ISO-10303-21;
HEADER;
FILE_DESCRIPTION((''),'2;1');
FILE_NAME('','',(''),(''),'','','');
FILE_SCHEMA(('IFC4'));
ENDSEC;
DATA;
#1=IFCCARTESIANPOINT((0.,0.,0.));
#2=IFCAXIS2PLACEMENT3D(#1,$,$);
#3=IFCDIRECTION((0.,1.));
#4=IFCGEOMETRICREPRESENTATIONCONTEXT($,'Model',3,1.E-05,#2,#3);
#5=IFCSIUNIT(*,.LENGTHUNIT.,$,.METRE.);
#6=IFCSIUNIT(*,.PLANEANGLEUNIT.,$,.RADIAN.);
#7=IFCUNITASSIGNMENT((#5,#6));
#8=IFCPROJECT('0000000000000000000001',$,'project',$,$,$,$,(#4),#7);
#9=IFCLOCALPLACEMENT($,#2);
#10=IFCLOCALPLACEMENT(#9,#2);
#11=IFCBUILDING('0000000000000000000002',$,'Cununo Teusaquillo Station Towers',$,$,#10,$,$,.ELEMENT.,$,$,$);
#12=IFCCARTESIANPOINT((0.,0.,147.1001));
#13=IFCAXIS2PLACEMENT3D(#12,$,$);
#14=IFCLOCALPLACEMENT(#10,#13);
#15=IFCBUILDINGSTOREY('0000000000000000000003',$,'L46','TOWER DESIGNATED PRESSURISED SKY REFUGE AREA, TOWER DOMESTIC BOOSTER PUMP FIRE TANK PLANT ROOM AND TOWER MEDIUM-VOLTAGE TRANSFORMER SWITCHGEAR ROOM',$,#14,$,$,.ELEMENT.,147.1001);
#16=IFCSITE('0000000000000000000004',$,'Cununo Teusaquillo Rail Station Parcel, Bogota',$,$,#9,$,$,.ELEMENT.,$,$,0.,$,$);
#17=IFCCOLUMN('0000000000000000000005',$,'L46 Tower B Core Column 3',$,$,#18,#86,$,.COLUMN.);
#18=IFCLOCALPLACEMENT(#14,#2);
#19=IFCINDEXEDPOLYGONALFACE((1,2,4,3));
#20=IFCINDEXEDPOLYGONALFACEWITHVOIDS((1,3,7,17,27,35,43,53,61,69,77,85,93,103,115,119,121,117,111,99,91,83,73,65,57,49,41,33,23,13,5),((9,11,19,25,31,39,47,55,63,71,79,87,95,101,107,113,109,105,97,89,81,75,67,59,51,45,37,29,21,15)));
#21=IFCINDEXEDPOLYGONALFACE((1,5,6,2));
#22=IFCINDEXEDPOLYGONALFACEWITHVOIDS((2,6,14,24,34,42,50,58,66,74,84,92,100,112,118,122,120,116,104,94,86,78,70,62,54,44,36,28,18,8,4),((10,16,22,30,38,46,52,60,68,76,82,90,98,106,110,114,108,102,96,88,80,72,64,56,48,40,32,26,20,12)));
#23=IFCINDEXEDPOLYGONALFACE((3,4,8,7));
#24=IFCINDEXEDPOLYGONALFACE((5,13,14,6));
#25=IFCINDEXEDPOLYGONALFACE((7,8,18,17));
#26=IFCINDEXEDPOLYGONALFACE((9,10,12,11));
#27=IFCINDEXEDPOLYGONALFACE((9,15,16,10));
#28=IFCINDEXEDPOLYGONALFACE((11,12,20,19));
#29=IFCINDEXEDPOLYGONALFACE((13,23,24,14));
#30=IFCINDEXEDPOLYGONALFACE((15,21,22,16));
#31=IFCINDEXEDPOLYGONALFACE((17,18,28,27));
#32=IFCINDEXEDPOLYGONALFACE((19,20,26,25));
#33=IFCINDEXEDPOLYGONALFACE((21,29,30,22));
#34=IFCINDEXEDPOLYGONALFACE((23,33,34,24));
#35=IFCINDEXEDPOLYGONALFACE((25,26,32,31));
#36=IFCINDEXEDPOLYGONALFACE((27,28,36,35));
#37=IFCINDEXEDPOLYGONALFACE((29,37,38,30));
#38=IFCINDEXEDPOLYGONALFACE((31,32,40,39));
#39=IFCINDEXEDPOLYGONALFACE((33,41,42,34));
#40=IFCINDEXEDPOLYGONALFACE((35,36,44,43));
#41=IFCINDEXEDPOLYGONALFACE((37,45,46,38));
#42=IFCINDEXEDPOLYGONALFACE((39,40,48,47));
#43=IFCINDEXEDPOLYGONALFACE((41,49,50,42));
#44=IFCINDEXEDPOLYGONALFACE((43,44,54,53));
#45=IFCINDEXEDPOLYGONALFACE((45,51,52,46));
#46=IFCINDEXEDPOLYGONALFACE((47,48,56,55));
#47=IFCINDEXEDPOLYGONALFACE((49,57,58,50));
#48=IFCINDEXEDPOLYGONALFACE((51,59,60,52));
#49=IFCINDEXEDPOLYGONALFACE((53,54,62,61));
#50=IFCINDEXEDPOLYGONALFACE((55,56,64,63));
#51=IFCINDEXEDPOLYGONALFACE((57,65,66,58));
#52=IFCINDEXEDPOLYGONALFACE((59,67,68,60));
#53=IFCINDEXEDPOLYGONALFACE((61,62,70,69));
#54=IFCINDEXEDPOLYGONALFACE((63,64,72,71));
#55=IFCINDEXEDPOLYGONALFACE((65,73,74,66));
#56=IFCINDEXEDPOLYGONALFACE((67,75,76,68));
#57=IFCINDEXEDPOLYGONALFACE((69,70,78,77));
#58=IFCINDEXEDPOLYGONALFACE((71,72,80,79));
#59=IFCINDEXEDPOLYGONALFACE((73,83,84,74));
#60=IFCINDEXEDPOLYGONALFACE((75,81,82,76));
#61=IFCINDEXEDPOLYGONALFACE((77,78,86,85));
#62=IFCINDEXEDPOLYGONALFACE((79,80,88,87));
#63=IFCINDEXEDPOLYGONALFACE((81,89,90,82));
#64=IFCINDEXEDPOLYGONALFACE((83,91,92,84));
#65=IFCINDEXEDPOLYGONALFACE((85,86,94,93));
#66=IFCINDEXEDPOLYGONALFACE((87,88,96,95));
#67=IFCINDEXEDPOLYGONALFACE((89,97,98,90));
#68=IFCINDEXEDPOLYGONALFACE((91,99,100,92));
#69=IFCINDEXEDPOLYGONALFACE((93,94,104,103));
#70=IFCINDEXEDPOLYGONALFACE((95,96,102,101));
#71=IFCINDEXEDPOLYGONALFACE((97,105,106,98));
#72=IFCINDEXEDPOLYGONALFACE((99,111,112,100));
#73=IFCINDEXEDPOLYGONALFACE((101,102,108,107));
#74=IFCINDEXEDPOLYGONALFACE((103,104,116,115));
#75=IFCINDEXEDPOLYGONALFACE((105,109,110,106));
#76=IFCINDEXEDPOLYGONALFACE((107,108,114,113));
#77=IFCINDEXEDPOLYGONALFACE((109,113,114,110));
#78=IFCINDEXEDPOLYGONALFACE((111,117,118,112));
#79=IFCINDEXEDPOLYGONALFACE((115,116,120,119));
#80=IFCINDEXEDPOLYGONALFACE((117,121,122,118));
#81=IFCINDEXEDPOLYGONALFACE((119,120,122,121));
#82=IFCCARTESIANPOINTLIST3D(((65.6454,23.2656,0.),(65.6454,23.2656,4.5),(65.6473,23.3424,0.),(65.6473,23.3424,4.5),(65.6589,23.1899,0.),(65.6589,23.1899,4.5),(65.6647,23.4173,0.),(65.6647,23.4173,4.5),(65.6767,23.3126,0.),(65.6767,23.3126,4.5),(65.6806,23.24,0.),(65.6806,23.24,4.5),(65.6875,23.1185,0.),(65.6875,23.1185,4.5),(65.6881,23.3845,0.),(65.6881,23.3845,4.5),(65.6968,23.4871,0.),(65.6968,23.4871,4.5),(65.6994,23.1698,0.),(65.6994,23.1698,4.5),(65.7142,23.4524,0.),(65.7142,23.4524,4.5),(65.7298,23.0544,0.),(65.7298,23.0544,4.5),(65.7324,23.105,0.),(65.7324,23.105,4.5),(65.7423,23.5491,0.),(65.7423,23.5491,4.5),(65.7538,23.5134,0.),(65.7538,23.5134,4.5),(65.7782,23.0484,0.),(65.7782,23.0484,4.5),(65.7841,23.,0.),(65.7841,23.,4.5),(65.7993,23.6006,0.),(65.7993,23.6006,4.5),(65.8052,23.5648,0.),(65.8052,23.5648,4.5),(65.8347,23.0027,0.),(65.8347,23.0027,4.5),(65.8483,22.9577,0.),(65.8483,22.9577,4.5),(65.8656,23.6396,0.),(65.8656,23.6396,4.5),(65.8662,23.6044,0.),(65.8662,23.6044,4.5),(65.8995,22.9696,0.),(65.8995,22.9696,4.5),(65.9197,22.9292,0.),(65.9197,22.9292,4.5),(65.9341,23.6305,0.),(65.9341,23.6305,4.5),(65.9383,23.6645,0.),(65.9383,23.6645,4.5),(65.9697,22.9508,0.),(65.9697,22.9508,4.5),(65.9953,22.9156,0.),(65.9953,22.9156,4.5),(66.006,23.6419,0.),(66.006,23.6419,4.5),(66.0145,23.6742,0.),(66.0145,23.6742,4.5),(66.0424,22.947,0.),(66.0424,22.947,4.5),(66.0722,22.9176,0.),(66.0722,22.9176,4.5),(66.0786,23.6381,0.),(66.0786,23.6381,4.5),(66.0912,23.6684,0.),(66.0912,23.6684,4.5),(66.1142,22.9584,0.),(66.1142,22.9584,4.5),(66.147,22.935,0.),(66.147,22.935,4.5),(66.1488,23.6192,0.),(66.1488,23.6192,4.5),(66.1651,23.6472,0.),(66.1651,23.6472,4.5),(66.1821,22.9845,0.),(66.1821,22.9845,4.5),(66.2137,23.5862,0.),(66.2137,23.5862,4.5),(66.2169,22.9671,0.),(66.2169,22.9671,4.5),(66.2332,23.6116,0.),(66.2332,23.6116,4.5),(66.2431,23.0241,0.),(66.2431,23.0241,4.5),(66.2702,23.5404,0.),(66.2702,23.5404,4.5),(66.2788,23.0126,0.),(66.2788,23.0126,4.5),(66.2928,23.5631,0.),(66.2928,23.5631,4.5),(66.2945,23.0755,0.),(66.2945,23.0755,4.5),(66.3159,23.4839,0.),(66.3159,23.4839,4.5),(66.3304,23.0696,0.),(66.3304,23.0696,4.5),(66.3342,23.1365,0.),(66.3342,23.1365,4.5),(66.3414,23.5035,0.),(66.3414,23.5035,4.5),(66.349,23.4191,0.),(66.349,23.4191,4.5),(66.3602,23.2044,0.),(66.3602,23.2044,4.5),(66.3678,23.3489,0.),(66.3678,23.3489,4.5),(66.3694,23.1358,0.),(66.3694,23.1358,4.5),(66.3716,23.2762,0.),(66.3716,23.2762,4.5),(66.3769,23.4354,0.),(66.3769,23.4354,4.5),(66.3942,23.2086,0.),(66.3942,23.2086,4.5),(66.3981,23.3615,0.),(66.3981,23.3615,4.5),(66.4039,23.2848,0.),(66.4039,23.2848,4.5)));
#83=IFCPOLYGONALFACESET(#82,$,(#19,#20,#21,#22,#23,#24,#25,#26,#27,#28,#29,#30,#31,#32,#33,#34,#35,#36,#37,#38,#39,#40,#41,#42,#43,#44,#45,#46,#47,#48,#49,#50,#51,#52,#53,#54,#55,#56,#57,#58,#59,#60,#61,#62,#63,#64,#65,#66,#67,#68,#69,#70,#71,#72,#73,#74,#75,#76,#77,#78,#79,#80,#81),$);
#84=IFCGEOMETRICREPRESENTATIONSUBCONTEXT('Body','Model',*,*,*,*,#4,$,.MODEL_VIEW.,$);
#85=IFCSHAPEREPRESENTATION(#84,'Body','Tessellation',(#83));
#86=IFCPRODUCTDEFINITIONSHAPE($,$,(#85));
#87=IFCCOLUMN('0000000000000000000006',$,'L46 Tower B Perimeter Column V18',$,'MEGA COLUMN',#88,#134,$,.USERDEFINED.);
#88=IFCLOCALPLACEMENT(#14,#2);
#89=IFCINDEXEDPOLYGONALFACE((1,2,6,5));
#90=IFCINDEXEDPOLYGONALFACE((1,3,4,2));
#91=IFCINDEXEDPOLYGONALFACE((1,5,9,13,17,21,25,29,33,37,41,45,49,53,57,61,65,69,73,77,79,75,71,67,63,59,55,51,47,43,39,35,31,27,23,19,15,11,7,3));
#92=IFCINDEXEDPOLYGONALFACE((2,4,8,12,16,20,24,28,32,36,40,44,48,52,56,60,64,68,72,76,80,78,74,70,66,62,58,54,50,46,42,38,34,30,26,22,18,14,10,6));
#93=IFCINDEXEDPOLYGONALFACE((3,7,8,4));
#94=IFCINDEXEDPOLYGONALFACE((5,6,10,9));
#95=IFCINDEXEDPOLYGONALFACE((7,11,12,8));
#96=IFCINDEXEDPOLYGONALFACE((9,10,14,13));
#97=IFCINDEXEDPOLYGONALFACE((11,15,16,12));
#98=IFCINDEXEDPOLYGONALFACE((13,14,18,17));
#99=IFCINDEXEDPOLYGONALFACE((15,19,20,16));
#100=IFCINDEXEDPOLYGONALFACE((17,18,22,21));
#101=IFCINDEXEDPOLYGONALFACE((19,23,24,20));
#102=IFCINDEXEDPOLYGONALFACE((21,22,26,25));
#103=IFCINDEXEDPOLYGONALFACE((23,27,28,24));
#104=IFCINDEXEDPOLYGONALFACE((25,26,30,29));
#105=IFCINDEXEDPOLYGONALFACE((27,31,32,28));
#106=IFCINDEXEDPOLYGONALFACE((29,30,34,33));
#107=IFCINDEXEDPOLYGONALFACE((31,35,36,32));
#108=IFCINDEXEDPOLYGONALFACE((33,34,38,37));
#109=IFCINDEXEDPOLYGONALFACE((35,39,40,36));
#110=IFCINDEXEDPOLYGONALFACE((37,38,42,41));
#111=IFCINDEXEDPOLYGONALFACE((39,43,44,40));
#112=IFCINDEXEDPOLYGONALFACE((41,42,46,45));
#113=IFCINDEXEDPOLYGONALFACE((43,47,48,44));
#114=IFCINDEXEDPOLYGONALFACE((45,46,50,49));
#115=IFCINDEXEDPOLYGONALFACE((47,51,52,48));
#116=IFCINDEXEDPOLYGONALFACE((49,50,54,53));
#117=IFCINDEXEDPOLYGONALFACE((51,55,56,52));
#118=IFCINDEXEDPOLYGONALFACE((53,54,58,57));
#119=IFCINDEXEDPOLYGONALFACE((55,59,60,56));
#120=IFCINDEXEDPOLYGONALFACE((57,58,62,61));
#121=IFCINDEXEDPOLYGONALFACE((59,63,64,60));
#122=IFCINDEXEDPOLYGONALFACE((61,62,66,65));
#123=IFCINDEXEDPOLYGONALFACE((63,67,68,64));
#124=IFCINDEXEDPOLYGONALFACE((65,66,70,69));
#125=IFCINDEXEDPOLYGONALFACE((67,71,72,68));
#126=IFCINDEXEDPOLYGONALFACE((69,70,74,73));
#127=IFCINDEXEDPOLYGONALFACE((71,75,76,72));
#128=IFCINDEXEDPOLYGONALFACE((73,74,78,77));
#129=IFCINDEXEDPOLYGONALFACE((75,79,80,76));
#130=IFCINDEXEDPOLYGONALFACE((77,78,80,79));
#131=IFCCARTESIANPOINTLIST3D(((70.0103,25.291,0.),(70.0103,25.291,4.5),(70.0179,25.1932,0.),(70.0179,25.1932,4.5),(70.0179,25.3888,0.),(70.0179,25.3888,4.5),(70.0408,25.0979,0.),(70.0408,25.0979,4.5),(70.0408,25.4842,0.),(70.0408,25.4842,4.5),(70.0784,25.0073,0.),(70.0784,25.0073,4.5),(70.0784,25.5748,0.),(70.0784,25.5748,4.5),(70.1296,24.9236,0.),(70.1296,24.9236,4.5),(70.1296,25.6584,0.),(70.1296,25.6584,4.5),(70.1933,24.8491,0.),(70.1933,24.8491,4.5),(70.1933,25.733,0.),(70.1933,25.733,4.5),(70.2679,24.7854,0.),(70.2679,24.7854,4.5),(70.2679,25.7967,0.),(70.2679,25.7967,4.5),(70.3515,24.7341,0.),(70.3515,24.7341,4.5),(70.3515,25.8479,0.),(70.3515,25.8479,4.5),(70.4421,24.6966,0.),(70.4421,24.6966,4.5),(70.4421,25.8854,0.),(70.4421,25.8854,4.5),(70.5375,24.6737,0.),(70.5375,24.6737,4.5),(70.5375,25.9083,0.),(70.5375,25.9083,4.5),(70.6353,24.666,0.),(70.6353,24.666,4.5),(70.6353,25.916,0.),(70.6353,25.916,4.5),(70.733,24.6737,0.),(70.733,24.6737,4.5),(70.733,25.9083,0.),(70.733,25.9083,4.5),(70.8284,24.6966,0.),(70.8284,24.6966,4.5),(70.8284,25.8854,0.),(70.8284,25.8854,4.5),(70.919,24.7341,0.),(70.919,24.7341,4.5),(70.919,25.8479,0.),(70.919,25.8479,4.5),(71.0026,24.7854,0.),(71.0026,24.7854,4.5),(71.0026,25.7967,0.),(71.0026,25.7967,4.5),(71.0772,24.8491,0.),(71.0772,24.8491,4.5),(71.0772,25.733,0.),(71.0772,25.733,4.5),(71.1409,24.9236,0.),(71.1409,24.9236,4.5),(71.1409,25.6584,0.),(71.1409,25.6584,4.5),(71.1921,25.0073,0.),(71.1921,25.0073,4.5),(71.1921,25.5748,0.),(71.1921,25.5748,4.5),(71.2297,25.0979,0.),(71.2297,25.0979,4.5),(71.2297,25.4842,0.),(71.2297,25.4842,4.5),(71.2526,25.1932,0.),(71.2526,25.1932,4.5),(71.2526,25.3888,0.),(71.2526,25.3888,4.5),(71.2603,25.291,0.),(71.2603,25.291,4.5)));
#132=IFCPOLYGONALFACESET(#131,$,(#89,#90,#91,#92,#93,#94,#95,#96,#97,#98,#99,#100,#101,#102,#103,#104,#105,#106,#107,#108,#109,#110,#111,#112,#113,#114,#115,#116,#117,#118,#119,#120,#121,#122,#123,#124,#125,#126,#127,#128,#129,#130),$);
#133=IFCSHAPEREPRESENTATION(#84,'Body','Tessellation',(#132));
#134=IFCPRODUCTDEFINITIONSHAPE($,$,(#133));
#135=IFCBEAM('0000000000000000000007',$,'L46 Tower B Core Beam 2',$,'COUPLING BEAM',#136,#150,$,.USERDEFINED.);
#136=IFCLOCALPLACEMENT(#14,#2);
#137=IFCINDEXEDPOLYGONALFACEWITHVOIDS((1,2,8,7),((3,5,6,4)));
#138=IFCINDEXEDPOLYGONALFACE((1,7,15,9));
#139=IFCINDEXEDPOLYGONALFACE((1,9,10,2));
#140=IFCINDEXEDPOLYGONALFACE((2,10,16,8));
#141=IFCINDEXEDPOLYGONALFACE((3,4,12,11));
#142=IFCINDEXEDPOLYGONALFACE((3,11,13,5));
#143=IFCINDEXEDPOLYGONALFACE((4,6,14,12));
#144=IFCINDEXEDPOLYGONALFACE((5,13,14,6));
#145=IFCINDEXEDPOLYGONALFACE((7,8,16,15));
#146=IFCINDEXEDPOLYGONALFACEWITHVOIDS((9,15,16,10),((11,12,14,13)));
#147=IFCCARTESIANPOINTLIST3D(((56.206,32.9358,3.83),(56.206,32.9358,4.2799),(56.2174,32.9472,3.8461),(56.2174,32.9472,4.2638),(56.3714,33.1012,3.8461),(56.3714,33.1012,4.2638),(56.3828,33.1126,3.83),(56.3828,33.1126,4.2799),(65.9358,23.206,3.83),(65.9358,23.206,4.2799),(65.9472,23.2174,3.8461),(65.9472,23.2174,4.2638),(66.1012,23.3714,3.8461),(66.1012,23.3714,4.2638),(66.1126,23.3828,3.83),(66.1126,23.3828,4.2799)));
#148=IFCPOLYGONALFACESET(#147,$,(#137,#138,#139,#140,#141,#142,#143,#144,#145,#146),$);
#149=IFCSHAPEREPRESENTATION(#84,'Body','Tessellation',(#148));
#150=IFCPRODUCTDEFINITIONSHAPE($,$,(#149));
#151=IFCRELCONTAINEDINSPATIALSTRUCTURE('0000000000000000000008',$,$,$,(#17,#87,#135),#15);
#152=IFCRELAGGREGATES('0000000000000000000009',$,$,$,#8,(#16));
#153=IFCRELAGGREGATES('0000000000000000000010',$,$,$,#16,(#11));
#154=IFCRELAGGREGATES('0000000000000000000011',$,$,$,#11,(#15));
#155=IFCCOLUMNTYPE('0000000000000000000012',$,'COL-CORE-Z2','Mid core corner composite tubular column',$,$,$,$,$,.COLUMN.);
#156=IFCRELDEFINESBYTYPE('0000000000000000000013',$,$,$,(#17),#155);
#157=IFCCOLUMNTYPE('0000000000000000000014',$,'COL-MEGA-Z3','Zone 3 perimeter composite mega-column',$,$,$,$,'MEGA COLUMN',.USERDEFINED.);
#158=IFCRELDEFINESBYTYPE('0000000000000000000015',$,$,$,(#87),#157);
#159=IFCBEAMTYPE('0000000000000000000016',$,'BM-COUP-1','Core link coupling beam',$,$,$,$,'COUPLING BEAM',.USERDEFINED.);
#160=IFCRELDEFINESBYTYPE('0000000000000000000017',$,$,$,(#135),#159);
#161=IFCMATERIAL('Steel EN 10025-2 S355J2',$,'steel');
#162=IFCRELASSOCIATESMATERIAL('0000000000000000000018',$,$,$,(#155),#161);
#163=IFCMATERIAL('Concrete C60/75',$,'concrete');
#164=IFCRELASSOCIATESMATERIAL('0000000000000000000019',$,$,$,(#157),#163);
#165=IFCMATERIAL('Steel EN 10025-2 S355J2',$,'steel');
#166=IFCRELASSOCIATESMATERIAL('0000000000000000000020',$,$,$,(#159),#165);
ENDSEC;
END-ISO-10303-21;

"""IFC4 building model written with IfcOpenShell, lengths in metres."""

from ifc_helpers import new_model, si_unit, direction, frame, origin, origin_2d, place, context, subcontext, project, spatial, hollow_rectangle, circle, hollow_circle, extrude, material, material_profile, profile_set, type_object, element, save


model = new_model("IFC4")

# Units and contexts
model_context = context("Model", 3, precision=1e-05, world=origin(), true_north=direction((0.0, 1.0)))
body_context = subcontext(model_context, "Body", "Model", "MODEL_VIEW")
ifc_project = project(units=[si_unit("LENGTHUNIT", "METRE"), si_unit("PLANEANGLEUNIT", "RADIAN")], contexts=[model_context])

# Site, building, storey
site_placement = place(None, origin())
site = spatial("IfcSite", under=ifc_project, at=site_placement, Name="Cununo Teusaquillo Rail Station Parcel, Bogota", CompositionType="ELEMENT", RefElevation=0.0)
building_placement = place(site_placement, origin())
building = spatial("IfcBuilding", under=site, at=building_placement, Name="Cununo Teusaquillo Station Towers", CompositionType="ELEMENT")
storey_placement = place(building_placement, frame((0.0, 0.0, 147.1001)))
storey = spatial("IfcBuildingStorey", under=building, at=storey_placement, Name="L46", Description="TOWER DESIGNATED PRESSURISED SKY REFUGE AREA, TOWER DOMESTIC BOOSTER PUMP FIRE TANK PLANT ROOM AND TOWER MEDIUM-VOLTAGE TRANSFORMER SWITCHGEAR ROOM", CompositionType="ELEMENT", Elevation=147.1001)

# Columns
ifc_material_1 = material(Name="Steel EN 10025-2 S355J2", Category="steel")
ifc_material_profile_1 = material_profile(ifc_material_1, hollow_circle(Radius=0.3799, WallThickness=0.032, at=origin_2d()), Name="CHS 760x32")
ifc_profile_set_1 = profile_set([ifc_material_profile_1], Name="Steel EN 10025-2 S355J2")
column_type_1 = type_object("IfcColumnType", Name="COL-CORE-Z2", Description="Mid core corner composite tubular column", PredefinedType="COLUMN", material=ifc_profile_set_1)
column_1_placement = place(storey_placement, frame((66.0242, 23.2944, 0.0), z_axis=(0.0, 0.0, 1.0), x_axis=(0.707107, 0.707107, 0.0)))
element("IfcColumn", 1, at=column_1_placement, inside=storey, type_object=column_type_1, Name="L46 Tower B Core Column 3", PredefinedType="COLUMN", context=body_context, shape_type="SweptSolid", body=[
    extrude(hollow_circle(Radius=0.3799, WallThickness=0.032, at=origin_2d()), origin(), (0.0, 0.0, 1.0), 4.5),
])
ifc_material_2 = material(Name="Concrete C60/75", Category="concrete")
ifc_material_profile_2 = material_profile(ifc_material_2, circle(Radius=0.625, at=origin_2d()), Name="RC-CIRC-1250")
ifc_profile_set_2 = profile_set([ifc_material_profile_2], Name="Concrete C60/75")
column_type_2 = type_object("IfcColumnType", Name="COL-MEGA-Z3", Description="Zone 3 perimeter composite mega-column", ElementType="MEGA COLUMN", PredefinedType="USERDEFINED", material=ifc_profile_set_2)
column_2_placement = place(storey_placement, frame((70.6353, 25.291, 0.0), z_axis=(0.0, 0.0, 1.0), x_axis=(1.0, 0.0, 0.0)))
element("IfcColumn", 2, at=column_2_placement, inside=storey, type_object=column_type_2, Name="L46 Tower B Perimeter Column V18", ObjectType="MEGA COLUMN", PredefinedType="USERDEFINED", context=body_context, shape_type="SweptSolid", body=[
    extrude(circle(Radius=0.625, at=origin_2d()), origin(), (0.0, 0.0, 1.0), 4.5),
])

# Beam
ifc_material_3 = material(Name="Steel EN 10025-2 S355J2", Category="steel")
ifc_material_profile_3 = material_profile(ifc_material_3, hollow_rectangle(XDim=0.25, YDim=0.45, WallThickness=0.0161, at=origin_2d()), Name="RHS 450x250x16")
ifc_profile_set_3 = profile_set([ifc_material_profile_3], Name="Steel EN 10025-2 S355J2")
beam_type_1 = type_object("IfcBeamType", Name="BM-COUP-1", Description="Core link coupling beam", ElementType="COUPLING BEAM", PredefinedType="USERDEFINED", material=ifc_profile_set_3)
beam_1_placement = place(storey_placement, frame((66.0242, 23.2944, 4.0549), z_axis=(-0.707107, 0.707107, 0.0), x_axis=(-0.707107, -0.707107, 0.0)))
element("IfcBeam", 3, at=beam_1_placement, inside=storey, type_object=beam_type_1, Name="L46 Tower B Core Beam 2", ObjectType="COUPLING BEAM", PredefinedType="USERDEFINED", context=body_context, shape_type="SweptSolid", body=[
    extrude(hollow_rectangle(XDim=0.25, YDim=0.45, WallThickness=0.0161, at=origin_2d()), origin(), (0.0, 0.0, 1.0), 13.76),
])

save(model, "model.ifc")
